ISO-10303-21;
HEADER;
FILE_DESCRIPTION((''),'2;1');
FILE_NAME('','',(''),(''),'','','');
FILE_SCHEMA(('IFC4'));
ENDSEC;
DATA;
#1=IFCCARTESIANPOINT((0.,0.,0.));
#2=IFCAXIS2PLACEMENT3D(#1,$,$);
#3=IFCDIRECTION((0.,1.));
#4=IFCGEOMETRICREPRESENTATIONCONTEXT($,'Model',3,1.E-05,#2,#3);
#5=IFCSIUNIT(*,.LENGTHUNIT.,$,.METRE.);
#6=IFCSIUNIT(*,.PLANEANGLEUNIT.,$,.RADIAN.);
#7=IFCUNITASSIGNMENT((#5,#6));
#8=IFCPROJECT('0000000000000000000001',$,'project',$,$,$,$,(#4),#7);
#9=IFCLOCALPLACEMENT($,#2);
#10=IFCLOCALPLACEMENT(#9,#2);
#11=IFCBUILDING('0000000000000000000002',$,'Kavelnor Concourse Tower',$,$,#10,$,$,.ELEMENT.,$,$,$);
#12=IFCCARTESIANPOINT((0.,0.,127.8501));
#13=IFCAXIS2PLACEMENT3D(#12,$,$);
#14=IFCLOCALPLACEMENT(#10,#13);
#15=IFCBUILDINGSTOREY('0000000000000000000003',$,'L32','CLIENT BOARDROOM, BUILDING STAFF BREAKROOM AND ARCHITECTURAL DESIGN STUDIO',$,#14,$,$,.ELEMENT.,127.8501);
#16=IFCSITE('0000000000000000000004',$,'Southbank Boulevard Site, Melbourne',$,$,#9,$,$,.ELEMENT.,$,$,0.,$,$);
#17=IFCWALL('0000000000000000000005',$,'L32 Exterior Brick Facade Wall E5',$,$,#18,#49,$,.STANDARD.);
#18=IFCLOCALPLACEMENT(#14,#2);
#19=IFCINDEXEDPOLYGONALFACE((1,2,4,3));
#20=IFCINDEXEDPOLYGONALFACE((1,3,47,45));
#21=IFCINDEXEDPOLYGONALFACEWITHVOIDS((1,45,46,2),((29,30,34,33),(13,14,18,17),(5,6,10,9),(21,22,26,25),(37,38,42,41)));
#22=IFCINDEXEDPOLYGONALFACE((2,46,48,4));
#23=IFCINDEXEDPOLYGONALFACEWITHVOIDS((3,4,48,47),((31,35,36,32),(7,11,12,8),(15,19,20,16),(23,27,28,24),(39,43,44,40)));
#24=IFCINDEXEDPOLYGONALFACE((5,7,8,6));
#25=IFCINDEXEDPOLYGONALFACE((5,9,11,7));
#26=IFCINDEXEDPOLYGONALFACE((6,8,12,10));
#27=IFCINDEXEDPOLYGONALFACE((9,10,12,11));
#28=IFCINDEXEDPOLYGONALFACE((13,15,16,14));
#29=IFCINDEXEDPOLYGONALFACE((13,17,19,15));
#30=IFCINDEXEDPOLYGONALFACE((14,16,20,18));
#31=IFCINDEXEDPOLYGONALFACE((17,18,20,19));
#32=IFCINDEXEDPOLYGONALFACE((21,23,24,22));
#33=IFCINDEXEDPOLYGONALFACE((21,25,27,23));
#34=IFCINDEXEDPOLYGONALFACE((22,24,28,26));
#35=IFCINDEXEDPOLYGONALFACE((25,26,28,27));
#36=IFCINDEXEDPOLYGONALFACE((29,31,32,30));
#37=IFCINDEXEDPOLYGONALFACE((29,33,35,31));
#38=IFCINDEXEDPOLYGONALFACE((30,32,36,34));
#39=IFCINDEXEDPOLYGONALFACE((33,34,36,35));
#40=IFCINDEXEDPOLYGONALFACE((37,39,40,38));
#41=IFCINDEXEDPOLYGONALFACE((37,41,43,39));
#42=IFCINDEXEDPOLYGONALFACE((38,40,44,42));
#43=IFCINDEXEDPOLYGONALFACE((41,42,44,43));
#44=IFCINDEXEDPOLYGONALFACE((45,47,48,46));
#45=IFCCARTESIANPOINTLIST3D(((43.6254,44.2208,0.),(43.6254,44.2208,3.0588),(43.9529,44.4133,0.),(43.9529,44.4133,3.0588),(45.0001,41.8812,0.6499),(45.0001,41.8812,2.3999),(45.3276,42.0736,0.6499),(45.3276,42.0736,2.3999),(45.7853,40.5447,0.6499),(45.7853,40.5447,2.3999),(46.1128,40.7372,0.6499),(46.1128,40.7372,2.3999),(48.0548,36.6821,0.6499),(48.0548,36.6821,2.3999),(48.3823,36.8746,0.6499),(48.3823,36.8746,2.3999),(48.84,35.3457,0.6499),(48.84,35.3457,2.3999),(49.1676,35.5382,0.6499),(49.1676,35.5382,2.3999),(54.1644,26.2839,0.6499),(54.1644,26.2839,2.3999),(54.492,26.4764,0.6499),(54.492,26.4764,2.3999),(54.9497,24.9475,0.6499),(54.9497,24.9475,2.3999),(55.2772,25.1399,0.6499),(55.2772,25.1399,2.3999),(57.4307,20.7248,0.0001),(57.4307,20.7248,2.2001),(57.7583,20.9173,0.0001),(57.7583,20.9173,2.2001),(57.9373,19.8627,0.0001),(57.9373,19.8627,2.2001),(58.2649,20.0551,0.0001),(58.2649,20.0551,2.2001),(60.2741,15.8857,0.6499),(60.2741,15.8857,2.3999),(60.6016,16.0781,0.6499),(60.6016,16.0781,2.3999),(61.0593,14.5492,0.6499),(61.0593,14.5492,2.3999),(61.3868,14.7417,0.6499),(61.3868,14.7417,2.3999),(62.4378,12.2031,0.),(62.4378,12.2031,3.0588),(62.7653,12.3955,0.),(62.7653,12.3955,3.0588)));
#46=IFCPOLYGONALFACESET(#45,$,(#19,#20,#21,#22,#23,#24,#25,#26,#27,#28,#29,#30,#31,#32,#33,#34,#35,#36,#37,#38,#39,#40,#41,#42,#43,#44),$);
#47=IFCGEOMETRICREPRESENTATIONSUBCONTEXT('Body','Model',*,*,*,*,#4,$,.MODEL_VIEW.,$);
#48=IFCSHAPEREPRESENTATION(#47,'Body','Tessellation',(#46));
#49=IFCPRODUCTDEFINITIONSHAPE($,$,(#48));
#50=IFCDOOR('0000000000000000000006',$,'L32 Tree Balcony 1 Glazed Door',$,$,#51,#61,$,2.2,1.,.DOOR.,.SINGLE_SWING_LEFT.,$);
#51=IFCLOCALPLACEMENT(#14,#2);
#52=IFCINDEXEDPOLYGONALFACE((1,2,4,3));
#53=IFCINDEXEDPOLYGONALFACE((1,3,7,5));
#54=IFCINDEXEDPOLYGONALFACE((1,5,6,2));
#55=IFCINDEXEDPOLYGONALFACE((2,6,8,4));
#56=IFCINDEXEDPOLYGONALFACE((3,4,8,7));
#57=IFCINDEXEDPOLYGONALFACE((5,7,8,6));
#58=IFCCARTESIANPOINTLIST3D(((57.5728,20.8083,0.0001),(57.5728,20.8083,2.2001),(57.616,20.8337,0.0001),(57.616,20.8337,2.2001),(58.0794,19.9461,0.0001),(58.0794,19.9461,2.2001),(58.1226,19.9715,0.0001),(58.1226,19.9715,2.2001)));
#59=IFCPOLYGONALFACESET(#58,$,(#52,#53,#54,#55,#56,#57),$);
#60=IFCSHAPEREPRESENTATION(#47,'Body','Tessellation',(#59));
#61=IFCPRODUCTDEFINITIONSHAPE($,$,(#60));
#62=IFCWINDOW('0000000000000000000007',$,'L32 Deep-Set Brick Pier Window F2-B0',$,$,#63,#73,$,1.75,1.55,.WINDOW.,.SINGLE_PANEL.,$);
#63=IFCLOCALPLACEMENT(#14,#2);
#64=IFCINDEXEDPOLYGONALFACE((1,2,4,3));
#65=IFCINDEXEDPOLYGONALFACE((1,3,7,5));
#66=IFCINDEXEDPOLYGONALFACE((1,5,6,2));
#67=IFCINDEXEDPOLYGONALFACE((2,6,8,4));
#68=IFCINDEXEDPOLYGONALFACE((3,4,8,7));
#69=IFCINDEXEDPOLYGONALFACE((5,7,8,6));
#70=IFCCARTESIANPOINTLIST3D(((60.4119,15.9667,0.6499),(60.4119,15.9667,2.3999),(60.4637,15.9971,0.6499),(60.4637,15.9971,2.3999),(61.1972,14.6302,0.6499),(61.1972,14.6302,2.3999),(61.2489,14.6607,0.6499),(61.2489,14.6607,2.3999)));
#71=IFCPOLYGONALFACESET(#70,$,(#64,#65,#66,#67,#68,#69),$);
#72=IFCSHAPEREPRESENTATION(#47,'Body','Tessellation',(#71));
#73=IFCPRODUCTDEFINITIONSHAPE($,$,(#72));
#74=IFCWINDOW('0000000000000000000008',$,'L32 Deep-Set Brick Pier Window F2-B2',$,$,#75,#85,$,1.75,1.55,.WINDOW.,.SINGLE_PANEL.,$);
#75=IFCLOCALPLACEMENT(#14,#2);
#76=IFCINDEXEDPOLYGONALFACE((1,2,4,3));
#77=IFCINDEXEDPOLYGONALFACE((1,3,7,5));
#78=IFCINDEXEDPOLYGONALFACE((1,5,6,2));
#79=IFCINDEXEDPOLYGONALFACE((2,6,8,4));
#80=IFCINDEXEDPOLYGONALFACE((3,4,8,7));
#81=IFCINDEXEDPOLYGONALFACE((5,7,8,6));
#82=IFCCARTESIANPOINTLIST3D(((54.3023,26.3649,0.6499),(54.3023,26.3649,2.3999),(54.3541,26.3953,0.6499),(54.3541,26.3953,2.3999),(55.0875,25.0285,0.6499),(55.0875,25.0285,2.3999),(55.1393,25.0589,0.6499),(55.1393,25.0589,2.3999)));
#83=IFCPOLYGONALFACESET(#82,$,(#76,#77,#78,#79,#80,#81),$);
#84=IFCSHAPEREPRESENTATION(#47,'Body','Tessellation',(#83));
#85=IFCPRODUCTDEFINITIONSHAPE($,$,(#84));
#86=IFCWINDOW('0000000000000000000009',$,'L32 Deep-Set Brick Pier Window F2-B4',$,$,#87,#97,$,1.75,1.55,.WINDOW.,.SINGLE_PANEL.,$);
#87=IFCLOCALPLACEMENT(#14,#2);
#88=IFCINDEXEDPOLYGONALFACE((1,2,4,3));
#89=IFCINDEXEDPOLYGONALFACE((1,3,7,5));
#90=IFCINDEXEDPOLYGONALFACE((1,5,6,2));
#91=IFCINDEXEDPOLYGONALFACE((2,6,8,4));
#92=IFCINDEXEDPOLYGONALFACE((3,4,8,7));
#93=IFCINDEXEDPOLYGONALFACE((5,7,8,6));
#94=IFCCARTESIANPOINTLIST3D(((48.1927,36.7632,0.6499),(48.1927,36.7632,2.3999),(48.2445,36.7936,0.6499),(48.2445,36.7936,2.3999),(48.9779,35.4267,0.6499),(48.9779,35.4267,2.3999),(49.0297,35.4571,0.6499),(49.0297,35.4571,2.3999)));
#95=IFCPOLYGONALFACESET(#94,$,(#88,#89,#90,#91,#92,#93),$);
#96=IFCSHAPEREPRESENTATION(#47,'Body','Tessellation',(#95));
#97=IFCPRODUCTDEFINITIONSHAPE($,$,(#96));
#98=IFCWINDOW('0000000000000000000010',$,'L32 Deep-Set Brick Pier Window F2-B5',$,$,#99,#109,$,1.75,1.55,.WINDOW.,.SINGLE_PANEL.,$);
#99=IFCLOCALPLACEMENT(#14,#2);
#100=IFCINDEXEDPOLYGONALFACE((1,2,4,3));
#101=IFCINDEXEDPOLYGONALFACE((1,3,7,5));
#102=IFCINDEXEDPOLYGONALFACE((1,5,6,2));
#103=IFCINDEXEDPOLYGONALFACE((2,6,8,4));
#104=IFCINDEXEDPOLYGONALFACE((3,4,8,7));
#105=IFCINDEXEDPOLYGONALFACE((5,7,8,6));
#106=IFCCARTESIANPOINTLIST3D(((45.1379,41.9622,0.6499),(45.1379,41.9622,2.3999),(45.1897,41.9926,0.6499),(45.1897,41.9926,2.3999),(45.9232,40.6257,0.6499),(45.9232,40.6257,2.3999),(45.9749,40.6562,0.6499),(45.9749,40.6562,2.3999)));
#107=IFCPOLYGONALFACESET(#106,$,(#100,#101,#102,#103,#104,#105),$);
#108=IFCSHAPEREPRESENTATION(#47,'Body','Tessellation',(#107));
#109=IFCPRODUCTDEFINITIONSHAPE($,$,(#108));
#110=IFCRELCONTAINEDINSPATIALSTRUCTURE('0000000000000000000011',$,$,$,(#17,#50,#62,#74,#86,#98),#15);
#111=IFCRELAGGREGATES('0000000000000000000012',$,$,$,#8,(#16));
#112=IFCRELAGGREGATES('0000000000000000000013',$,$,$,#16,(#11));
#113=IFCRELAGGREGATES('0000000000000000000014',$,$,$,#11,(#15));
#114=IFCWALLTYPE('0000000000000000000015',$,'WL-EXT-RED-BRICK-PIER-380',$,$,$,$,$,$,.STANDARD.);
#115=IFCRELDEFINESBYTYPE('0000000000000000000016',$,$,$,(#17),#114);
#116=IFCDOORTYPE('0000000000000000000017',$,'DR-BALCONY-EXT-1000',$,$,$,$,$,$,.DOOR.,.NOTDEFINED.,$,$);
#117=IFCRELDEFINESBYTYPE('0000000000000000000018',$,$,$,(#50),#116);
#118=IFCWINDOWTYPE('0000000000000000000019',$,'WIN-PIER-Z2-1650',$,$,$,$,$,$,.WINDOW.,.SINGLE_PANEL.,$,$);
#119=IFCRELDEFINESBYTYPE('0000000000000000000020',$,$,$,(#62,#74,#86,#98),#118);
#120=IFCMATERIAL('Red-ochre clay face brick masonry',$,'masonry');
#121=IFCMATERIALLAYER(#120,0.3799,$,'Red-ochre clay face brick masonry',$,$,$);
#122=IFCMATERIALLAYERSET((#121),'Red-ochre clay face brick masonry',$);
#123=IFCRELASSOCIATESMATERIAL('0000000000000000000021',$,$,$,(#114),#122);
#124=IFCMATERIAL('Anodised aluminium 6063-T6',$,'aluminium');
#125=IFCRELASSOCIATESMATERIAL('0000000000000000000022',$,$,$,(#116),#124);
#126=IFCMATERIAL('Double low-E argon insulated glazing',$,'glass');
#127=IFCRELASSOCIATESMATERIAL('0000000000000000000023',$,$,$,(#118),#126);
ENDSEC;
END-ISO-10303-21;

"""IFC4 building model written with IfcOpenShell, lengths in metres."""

from ifc_helpers import new_model, si_unit, direction, frame, frame_2d, origin, place, context, subcontext, project, spatial, rectangle, extrude, material, layer, layer_set, type_object, element, fill, save


model = new_model("IFC4")

# Units and contexts
model_context = context("Model", 3, precision=1e-05, world=origin(), true_north=direction((0.0, 1.0)))
body_context = subcontext(model_context, "Body", "Model", "MODEL_VIEW")
ifc_project = project(units=[si_unit("LENGTHUNIT", "METRE"), si_unit("PLANEANGLEUNIT", "RADIAN")], contexts=[model_context])

# Site, building, storey
site_placement = place(None, origin())
site = spatial("IfcSite", under=ifc_project, at=site_placement, Name="Southbank Boulevard Site, Melbourne", CompositionType="ELEMENT", RefElevation=0.0)
building_placement = place(site_placement, origin())
building = spatial("IfcBuilding", under=site, at=building_placement, Name="Kavelnor Concourse Tower", CompositionType="ELEMENT")
storey_placement = place(building_placement, frame((0.0, 0.0, 127.8501)))
storey = spatial("IfcBuildingStorey", under=building, at=storey_placement, Name="L32", Description="CLIENT BOARDROOM, BUILDING STAFF BREAKROOM AND ARCHITECTURAL DESIGN STUDIO", CompositionType="ELEMENT", Elevation=127.8501)

# Wall, openings, door, windows
ifc_material_1 = material(Name="Red-ochre clay face brick masonry", Category="masonry")
ifc_layer_1 = layer(ifc_material_1, 0.3799, Name="Red-ochre clay face brick masonry")
ifc_layer_set_1 = layer_set([ifc_layer_1], Name="Red-ochre clay face brick masonry")
wall_type = type_object("IfcWallType", Name="WL-EXT-RED-BRICK-PIER-380", PredefinedType="STANDARD", material=ifc_layer_set_1)
wall_placement = place(storey_placement, frame((43.7891, 44.3171, 0.0), z_axis=(0.0, 0.0, 1.0), x_axis=(0.50659, -0.862187, 0.0)))
wall = element("IfcWall", 1, at=wall_placement, inside=storey, type_object=wall_type, Name="L32 Exterior Brick Facade Wall E5", PredefinedType="STANDARD", context=body_context, shape_type="SweptSolid", body=[
    extrude(rectangle(XDim=37.1355, YDim=0.3799, at=frame_2d((18.5679, 0.0))), origin(), (0.0, 0.0, 1.0), 3.0588),
])
opening_1_placement = place(wall_placement, frame((27.2517, 0.0, 0.0)))
opening_1 = element("IfcOpeningElement", 2, at=opening_1_placement, cuts=wall, PredefinedType="OPENING", context=body_context, shape_type="SweptSolid", body=[
    extrude(rectangle(XDim=1.0, YDim=2.2, at=frame_2d((0.5, 1.1001))), frame((0.0, 0.2, 0.0), z_axis=(0.0, -1.0, 0.0), x_axis=(1.0, 0.0, 0.0)), (0.0, 0.0, 1.0), 0.3999),
])
opening_2_placement = place(wall_placement, frame((32.8645, 0.0, 0.6499)))
opening_2 = element("IfcOpeningElement", 3, at=opening_2_placement, cuts=wall, PredefinedType="OPENING", context=body_context, shape_type="SweptSolid", body=[
    extrude(rectangle(XDim=1.55, YDim=1.75, at=frame_2d((0.7749, 0.875))), frame((0.0, 0.2, 0.0), z_axis=(0.0, -1.0, 0.0), x_axis=(1.0, 0.0, 0.0)), (0.0, 0.0, 1.0), 0.3999),
])
opening_3_placement = place(wall_placement, frame((20.8042, 0.0, 0.6499)))
opening_3 = element("IfcOpeningElement", 4, at=opening_3_placement, cuts=wall, PredefinedType="OPENING", context=body_context, shape_type="SweptSolid", body=[
    extrude(rectangle(XDim=1.55, YDim=1.75, at=frame_2d((0.7749, 0.875))), frame((0.0, 0.2, 0.0), z_axis=(0.0, -1.0, 0.0), x_axis=(1.0, 0.0, 0.0)), (0.0, 0.0, 1.0), 0.3999),
])
opening_4_placement = place(wall_placement, frame((8.7439, 0.0, 0.6499)))
opening_4 = element("IfcOpeningElement", 5, at=opening_4_placement, cuts=wall, PredefinedType="OPENING", context=body_context, shape_type="SweptSolid", body=[
    extrude(rectangle(XDim=1.55, YDim=1.75, at=frame_2d((0.7749, 0.875))), frame((0.0, 0.2, 0.0), z_axis=(0.0, -1.0, 0.0), x_axis=(1.0, 0.0, 0.0)), (0.0, 0.0, 1.0), 0.3999),
])
opening_5_placement = place(wall_placement, frame((2.7139, 0.0, 0.6499)))
opening_5 = element("IfcOpeningElement", 6, at=opening_5_placement, cuts=wall, PredefinedType="OPENING", context=body_context, shape_type="SweptSolid", body=[
    extrude(rectangle(XDim=1.55, YDim=1.75, at=frame_2d((0.7749, 0.875))), frame((0.0, 0.2, 0.0), z_axis=(0.0, -1.0, 0.0), x_axis=(1.0, 0.0, 0.0)), (0.0, 0.0, 1.0), 0.3999),
])
ifc_material_2 = material(Name="Anodised aluminium 6063-T6", Category="aluminium")
door_type = type_object("IfcDoorType", Name="DR-BALCONY-EXT-1000", OperationType="NOTDEFINED", PredefinedType="DOOR", material=ifc_material_2)
door_placement = place(opening_1_placement, origin())
door = element("IfcDoor", 7, at=door_placement, inside=storey, type_object=door_type, Name="L32 Tree Balcony 1 Glazed Door", OperationType="SINGLE_SWING_LEFT", OverallHeight=2.2, OverallWidth=1.0, PredefinedType="DOOR", context=body_context, shape_type="SweptSolid", body=[
    extrude(rectangle(XDim=1.0, YDim=2.2, at=frame_2d((0.5, 1.1001))), frame((0.0, 0.0249, 0.0), z_axis=(0.0, -1.0, 0.0), x_axis=(1.0, 0.0, 0.0)), (0.0, 0.0, 1.0), 0.05),
])
fill(opening_1, door)
ifc_material_3 = material(Name="Double low-E argon insulated glazing", Category="glass")
window_type = type_object("IfcWindowType", Name="WIN-PIER-Z2-1650", PartitioningType="SINGLE_PANEL", PredefinedType="WINDOW", material=ifc_material_3)
window_1_placement = place(opening_2_placement, origin())
window_1 = element("IfcWindow", 8, at=window_1_placement, inside=storey, type_object=window_type, Name="L32 Deep-Set Brick Pier Window F2-B0", OverallHeight=1.75, OverallWidth=1.55, PartitioningType="SINGLE_PANEL", PredefinedType="WINDOW", context=body_context, shape_type="SweptSolid", body=[
    extrude(rectangle(XDim=1.55, YDim=1.75, at=frame_2d((0.7749, 0.875))), frame((0.0, 0.03, 0.0), z_axis=(0.0, -1.0, 0.0), x_axis=(1.0, 0.0, 0.0)), (0.0, 0.0, 1.0), 0.0601),
])
fill(opening_2, window_1)
window_2_placement = place(opening_3_placement, origin())
window_2 = element("IfcWindow", 9, at=window_2_placement, inside=storey, type_object=window_type, Name="L32 Deep-Set Brick Pier Window F2-B2", OverallHeight=1.75, OverallWidth=1.55, PartitioningType="SINGLE_PANEL", PredefinedType="WINDOW", context=body_context, shape_type="SweptSolid", body=[
    extrude(rectangle(XDim=1.55, YDim=1.75, at=frame_2d((0.7749, 0.875))), frame((0.0, 0.03, 0.0), z_axis=(0.0, -1.0, 0.0), x_axis=(1.0, 0.0, 0.0)), (0.0, 0.0, 1.0), 0.0601),
])
fill(opening_3, window_2)
window_3_placement = place(opening_4_placement, origin())
window_3 = element("IfcWindow", 10, at=window_3_placement, inside=storey, type_object=window_type, Name="L32 Deep-Set Brick Pier Window F2-B4", OverallHeight=1.75, OverallWidth=1.55, PartitioningType="SINGLE_PANEL", PredefinedType="WINDOW", context=body_context, shape_type="SweptSolid", body=[
    extrude(rectangle(XDim=1.55, YDim=1.75, at=frame_2d((0.7749, 0.875))), frame((0.0, 0.03, 0.0), z_axis=(0.0, -1.0, 0.0), x_axis=(1.0, 0.0, 0.0)), (0.0, 0.0, 1.0), 0.0601),
])
fill(opening_4, window_3)
window_4_placement = place(opening_5_placement, origin())
window_4 = element("IfcWindow", 11, at=window_4_placement, inside=storey, type_object=window_type, Name="L32 Deep-Set Brick Pier Window F2-B5", OverallHeight=1.75, OverallWidth=1.55, PartitioningType="SINGLE_PANEL", PredefinedType="WINDOW", context=body_context, shape_type="SweptSolid", body=[
    extrude(rectangle(XDim=1.55, YDim=1.75, at=frame_2d((0.7749, 0.875))), frame((0.0, 0.03, 0.0), z_axis=(0.0, -1.0, 0.0), x_axis=(1.0, 0.0, 0.0)), (0.0, 0.0, 1.0), 0.0601),
])
fill(opening_5, window_4)

save(model, "model.ifc")
